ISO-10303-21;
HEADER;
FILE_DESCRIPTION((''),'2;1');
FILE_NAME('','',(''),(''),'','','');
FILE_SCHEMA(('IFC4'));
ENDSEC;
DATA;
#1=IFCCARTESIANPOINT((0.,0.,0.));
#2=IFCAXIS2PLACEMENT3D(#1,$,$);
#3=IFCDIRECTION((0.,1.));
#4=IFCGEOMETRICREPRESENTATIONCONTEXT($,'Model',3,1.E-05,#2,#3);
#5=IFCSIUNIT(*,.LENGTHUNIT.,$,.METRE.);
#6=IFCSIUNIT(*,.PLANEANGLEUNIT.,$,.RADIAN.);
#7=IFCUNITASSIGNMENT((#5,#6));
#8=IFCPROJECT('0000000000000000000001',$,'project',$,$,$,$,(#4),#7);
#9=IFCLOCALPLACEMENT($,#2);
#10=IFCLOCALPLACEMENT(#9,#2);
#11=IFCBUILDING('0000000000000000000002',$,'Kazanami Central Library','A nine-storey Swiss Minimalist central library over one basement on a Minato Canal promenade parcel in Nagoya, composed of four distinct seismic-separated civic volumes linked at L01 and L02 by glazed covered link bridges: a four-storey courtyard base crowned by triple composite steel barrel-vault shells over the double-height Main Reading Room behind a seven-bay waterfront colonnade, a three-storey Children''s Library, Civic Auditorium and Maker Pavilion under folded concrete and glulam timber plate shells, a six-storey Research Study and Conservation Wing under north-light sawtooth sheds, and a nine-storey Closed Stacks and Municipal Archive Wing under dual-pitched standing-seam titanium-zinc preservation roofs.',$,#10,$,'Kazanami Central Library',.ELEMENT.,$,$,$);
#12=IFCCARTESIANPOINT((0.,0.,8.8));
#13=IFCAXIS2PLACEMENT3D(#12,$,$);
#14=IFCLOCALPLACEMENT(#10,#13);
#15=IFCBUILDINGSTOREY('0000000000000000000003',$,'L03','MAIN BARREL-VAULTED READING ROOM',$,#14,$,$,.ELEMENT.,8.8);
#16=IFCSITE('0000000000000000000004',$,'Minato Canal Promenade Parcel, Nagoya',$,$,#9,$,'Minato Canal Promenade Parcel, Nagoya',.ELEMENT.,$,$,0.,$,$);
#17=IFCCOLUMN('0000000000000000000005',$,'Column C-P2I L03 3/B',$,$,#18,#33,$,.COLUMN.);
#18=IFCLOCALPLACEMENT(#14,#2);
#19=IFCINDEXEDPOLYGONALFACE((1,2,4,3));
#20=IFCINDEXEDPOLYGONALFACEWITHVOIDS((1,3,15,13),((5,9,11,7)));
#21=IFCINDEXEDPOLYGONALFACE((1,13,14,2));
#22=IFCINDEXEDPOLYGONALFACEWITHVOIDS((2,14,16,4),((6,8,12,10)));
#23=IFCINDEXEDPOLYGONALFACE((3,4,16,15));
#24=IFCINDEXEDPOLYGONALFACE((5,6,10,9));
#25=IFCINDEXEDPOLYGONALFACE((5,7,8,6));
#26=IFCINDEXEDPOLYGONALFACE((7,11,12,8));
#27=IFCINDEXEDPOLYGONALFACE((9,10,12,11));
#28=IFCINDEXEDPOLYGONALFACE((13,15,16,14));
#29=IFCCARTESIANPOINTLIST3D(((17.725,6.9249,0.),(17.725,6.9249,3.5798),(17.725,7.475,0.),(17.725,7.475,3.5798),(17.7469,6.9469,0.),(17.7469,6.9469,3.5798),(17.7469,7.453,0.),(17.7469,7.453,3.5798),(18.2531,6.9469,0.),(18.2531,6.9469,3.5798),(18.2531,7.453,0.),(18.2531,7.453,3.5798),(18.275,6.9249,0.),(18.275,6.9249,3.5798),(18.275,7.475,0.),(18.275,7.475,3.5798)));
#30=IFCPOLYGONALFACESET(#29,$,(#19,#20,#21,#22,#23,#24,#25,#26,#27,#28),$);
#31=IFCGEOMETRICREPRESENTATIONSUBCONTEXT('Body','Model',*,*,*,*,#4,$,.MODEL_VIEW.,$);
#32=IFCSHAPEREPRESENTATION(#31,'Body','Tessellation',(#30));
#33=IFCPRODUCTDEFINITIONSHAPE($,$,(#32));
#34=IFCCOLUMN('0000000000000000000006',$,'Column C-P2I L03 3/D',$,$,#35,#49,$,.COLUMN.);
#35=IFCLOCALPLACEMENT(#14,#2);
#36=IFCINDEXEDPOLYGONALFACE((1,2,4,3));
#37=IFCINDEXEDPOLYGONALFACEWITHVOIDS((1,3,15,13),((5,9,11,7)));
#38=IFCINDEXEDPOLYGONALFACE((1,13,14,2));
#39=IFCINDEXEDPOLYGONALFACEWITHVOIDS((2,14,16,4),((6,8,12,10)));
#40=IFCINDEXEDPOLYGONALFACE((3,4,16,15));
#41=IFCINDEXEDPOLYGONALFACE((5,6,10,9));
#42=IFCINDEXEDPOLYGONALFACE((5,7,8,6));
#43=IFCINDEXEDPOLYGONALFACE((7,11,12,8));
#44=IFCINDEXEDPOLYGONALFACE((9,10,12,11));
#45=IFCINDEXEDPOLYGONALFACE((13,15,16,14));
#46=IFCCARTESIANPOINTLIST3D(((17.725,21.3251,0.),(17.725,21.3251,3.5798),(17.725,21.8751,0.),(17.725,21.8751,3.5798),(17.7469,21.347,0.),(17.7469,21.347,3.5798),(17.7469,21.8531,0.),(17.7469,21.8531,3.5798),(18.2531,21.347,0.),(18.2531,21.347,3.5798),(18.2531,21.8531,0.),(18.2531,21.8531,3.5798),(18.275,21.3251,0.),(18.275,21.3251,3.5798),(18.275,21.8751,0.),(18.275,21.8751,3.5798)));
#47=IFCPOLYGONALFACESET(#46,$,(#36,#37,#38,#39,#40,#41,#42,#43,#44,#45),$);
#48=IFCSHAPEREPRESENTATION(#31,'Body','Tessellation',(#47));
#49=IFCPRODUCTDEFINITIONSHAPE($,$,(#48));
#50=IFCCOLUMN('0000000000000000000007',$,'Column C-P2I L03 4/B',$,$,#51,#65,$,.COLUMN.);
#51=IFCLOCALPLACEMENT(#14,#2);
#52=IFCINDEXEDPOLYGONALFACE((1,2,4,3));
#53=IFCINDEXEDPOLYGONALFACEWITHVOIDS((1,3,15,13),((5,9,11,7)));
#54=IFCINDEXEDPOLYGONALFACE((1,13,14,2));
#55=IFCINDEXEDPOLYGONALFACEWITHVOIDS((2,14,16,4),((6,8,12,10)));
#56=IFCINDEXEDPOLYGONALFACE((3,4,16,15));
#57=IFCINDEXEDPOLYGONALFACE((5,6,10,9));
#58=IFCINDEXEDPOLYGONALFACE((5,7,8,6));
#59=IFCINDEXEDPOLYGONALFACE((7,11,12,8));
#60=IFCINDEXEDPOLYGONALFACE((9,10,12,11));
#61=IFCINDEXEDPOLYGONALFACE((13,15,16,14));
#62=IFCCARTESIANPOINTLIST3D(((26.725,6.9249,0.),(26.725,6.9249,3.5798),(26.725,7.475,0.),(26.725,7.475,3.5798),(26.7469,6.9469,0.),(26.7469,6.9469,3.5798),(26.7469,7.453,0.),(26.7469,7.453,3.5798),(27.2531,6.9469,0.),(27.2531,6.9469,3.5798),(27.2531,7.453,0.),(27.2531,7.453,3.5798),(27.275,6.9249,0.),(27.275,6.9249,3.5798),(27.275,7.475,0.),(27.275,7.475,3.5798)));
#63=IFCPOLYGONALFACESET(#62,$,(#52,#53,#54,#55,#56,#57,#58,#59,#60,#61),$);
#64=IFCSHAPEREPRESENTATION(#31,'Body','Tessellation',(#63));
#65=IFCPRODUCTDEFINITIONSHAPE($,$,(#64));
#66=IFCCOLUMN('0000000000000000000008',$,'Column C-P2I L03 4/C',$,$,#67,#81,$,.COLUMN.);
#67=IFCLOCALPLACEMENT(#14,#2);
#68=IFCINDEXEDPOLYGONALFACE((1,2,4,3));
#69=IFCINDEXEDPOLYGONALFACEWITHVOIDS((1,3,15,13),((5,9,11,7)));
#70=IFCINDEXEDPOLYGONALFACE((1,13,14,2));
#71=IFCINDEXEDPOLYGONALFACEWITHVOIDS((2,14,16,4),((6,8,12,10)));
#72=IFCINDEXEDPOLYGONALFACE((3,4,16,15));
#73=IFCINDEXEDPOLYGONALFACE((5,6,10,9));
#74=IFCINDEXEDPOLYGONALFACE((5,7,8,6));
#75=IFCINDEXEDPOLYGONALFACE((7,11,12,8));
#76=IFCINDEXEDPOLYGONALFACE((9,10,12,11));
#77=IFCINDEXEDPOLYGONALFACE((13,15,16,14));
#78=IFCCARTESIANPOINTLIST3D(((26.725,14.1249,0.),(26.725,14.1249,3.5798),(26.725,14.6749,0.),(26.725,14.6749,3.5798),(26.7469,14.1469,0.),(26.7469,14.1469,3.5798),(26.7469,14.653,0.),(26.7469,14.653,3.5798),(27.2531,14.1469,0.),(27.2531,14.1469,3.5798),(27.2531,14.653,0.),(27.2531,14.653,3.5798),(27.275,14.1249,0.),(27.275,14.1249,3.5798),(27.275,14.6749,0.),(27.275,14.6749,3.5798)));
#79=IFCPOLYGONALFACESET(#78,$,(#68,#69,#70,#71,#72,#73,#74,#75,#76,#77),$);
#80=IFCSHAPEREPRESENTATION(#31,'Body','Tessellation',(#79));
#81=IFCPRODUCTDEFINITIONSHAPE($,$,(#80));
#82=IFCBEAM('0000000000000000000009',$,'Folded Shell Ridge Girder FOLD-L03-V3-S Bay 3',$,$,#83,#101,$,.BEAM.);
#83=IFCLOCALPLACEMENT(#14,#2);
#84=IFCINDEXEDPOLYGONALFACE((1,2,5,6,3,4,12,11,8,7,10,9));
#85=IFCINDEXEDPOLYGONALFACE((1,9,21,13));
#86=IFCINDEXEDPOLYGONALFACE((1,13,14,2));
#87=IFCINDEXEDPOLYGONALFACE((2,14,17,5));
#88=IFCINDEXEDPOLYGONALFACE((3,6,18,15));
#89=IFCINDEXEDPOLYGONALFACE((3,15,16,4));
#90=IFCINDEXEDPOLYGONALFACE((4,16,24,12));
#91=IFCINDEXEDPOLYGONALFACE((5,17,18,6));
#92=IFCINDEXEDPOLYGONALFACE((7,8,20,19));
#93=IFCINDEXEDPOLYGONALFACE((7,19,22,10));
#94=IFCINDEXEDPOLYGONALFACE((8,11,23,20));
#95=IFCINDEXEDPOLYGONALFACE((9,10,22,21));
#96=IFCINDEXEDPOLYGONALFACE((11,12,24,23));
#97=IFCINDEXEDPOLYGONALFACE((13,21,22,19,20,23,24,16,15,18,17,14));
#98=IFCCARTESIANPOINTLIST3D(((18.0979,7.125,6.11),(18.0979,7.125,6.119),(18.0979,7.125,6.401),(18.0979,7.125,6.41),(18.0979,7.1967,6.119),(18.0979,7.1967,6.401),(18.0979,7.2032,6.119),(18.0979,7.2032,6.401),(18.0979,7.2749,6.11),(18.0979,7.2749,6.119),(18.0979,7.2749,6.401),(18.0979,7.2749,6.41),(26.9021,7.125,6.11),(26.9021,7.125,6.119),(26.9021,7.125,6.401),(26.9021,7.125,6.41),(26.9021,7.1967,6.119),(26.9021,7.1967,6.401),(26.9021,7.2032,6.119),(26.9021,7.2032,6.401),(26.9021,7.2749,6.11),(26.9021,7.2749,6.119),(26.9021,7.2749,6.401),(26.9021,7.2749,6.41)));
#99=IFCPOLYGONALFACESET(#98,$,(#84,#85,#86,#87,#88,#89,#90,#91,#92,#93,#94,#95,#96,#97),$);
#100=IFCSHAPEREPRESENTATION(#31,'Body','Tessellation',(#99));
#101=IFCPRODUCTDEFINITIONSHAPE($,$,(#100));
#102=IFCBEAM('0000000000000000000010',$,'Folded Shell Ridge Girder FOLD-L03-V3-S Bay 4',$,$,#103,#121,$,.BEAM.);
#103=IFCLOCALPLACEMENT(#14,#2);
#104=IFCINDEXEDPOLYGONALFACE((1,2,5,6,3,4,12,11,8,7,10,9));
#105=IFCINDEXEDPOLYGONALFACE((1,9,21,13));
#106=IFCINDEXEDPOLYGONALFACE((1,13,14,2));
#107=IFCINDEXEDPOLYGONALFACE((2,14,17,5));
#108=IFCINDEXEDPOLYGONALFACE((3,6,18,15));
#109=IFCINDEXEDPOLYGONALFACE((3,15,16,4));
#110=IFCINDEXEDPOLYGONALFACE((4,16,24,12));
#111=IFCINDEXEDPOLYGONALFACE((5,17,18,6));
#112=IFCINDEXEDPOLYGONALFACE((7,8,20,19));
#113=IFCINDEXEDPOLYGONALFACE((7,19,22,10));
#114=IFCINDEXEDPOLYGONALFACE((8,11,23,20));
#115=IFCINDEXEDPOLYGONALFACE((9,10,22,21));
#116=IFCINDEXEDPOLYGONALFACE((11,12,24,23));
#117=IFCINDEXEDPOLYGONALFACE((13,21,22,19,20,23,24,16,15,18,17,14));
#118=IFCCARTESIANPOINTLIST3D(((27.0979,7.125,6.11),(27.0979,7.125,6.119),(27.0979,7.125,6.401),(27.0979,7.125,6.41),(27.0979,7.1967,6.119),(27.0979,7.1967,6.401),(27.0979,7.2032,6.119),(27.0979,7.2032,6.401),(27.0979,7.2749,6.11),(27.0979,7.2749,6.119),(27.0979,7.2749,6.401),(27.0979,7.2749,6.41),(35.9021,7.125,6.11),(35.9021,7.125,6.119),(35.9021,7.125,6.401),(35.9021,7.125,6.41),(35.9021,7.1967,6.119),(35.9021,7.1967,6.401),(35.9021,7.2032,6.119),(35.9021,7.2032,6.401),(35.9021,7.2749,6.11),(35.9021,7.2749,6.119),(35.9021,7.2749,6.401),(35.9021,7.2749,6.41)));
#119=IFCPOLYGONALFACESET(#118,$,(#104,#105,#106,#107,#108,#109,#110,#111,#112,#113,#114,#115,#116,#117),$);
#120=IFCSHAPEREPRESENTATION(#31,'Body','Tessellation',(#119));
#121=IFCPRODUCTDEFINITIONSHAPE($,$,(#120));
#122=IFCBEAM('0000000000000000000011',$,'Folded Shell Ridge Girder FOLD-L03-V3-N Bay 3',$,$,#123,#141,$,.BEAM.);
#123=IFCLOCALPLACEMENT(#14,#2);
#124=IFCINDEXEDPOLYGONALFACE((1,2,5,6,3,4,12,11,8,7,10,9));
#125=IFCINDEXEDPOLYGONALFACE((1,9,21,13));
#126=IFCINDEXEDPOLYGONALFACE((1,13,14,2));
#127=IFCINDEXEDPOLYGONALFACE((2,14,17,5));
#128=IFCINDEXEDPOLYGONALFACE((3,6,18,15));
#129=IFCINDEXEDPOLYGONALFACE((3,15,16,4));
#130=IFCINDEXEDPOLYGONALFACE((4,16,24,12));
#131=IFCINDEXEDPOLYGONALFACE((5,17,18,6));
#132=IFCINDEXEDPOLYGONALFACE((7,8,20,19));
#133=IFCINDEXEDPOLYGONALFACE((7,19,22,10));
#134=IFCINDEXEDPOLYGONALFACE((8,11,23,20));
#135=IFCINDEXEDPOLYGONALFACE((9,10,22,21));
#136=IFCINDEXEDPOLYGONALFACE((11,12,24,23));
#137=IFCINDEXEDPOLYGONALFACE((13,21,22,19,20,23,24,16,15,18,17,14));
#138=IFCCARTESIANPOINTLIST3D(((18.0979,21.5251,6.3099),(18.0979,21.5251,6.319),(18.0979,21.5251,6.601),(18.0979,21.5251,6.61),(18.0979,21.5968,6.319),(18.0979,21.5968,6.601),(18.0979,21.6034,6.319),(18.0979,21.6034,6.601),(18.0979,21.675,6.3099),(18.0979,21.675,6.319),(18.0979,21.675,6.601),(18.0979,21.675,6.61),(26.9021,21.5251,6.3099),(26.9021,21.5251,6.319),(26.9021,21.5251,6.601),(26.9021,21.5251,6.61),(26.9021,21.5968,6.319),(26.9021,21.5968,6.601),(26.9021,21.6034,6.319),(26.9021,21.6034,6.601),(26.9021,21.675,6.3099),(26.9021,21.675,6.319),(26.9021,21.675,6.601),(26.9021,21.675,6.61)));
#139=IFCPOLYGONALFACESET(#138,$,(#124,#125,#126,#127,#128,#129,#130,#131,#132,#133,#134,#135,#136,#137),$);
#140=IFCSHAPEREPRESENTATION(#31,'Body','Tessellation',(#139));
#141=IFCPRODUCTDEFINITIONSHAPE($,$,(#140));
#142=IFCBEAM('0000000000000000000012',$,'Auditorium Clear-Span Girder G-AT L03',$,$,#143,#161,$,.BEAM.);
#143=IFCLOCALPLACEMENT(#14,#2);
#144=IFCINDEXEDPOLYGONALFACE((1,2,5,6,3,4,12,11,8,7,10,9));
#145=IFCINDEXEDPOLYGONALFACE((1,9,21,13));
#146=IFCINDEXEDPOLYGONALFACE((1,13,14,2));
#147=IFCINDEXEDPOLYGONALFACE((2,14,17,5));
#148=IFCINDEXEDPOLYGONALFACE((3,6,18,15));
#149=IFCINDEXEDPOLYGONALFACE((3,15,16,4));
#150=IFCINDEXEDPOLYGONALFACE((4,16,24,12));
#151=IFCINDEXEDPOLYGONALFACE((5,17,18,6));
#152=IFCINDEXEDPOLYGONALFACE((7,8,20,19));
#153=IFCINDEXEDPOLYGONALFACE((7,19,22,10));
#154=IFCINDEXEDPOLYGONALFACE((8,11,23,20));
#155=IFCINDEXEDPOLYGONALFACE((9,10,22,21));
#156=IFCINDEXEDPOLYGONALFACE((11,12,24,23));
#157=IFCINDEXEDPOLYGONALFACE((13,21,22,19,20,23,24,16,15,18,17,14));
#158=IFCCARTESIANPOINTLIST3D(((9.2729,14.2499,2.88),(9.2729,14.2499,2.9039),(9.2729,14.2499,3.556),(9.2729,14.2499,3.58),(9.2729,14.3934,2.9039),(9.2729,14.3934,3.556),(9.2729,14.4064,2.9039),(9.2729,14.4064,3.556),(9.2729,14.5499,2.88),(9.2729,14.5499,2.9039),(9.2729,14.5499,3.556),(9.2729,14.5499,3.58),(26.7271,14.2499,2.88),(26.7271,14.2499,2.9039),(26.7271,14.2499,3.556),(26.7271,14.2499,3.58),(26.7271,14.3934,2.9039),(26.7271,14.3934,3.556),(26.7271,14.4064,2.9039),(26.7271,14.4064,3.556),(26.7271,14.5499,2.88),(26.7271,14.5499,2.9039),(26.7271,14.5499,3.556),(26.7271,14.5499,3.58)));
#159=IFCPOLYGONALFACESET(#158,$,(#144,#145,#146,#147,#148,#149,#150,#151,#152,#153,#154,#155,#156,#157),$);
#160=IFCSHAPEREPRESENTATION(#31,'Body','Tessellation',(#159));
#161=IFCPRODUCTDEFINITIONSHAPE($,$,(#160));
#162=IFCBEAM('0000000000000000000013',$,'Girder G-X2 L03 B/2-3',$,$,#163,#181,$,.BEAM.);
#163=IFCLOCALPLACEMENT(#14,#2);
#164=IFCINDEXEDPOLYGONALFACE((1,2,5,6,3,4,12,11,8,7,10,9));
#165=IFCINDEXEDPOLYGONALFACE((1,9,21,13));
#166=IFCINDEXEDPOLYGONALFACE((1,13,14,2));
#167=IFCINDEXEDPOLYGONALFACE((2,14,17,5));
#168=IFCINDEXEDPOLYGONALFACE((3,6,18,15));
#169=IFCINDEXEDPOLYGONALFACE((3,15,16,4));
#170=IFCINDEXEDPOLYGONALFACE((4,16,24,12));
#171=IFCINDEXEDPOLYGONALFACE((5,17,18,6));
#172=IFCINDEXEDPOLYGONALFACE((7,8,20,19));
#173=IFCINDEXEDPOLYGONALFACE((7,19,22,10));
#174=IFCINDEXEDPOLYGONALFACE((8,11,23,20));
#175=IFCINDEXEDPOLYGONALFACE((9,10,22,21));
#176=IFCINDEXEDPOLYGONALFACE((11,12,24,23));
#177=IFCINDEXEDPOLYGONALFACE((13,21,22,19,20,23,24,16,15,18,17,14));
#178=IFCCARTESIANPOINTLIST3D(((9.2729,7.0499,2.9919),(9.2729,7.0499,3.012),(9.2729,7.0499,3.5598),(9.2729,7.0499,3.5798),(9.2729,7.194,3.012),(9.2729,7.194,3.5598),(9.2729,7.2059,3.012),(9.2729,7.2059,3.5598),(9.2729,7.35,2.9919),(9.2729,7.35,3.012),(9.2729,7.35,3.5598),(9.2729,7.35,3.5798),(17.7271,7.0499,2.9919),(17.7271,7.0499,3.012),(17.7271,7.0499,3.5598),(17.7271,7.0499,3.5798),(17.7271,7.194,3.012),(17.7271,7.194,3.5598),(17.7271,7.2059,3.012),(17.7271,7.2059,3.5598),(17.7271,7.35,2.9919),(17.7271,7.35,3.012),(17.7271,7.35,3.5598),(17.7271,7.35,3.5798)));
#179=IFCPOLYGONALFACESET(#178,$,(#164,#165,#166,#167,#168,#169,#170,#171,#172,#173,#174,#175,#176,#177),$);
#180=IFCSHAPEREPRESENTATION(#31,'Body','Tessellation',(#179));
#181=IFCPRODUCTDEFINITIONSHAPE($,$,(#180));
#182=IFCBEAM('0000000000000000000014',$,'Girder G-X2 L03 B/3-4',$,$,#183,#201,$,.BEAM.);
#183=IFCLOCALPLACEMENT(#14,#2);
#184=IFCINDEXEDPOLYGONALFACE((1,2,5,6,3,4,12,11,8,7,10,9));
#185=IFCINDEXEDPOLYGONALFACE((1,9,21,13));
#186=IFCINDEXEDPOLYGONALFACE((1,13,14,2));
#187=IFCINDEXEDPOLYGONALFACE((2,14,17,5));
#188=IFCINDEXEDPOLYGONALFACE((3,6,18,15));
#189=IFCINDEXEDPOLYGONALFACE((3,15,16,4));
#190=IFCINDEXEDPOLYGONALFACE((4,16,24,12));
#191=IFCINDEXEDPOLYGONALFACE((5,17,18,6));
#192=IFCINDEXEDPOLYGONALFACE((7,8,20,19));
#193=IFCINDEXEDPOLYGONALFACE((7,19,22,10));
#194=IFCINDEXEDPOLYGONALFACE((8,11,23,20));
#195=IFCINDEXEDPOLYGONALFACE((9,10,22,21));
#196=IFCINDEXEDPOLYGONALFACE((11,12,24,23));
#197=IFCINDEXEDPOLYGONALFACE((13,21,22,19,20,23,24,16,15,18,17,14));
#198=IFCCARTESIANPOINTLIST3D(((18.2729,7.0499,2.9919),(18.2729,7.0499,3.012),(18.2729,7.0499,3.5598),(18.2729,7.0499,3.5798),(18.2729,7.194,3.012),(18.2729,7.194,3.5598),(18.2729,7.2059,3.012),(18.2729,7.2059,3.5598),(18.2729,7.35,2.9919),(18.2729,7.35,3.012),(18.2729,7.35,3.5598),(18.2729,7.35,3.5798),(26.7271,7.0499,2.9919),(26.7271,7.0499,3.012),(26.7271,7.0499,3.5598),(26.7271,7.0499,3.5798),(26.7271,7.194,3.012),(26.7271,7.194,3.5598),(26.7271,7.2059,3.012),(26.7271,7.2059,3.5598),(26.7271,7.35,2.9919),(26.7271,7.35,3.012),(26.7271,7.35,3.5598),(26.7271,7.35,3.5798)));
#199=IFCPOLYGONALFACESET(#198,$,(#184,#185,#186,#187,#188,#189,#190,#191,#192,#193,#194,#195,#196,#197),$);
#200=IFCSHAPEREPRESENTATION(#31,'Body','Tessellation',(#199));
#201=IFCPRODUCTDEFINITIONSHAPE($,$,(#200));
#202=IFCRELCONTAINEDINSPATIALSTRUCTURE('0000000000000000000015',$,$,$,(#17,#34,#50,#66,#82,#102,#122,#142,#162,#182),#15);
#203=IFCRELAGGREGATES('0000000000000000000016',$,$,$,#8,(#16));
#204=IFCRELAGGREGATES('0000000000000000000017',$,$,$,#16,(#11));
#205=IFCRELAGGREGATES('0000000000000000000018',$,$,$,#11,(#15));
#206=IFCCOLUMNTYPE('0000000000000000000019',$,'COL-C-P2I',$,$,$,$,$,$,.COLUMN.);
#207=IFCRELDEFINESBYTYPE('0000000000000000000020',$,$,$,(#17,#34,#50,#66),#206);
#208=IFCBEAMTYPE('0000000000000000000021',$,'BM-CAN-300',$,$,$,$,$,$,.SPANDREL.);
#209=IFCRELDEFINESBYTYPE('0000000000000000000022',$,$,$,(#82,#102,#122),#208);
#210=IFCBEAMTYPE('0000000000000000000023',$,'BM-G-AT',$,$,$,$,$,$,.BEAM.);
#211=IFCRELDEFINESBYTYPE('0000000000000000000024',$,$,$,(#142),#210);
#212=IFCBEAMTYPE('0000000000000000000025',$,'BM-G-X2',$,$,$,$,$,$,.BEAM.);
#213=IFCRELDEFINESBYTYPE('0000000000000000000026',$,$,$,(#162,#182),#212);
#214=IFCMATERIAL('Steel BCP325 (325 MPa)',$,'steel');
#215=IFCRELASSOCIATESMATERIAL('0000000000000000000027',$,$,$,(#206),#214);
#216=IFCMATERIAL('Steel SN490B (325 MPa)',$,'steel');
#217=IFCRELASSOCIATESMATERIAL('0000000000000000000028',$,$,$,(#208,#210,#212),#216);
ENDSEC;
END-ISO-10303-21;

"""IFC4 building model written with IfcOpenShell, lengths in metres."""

from ifc_helpers import new_model, si_unit, direction, frame, origin, origin_2d, place, context, subcontext, project, spatial, hollow_rectangle, i_section, extrude, material, material_profile, profile_set, type_object, element, save


model = new_model("IFC4")

# Units and contexts
model_context = context("Model", 3, precision=1e-05, world=origin(), true_north=direction((0.0, 1.0)))
body_context = subcontext(model_context, "Body", "Model", "MODEL_VIEW")
ifc_project = project(units=[si_unit("LENGTHUNIT", "METRE"), si_unit("PLANEANGLEUNIT", "RADIAN")], contexts=[model_context])

# Site, building, storey
site_placement = place(None, origin())
site = spatial("IfcSite", under=ifc_project, at=site_placement, Name="Minato Canal Promenade Parcel, Nagoya", LongName="Minato Canal Promenade Parcel, Nagoya", CompositionType="ELEMENT", RefElevation=0.0)
building_placement = place(site_placement, origin())
building = spatial("IfcBuilding", under=site, at=building_placement, Name="Kazanami Central Library", Description="A nine-storey Swiss Minimalist central library over one basement on a Minato Canal promenade parcel in Nagoya, composed of four distinct seismic-separated civic volumes linked at L01 and L02 by glazed covered link bridges: a four-storey courtyard base crowned by triple composite steel barrel-vault shells over the double-height Main Reading Room behind a seven-bay waterfront colonnade, a three-storey Children's Library, Civic Auditorium and Maker Pavilion under folded concrete and glulam timber plate shells, a six-storey Research Study and Conservation Wing under north-light sawtooth sheds, and a nine-storey Closed Stacks and Municipal Archive Wing under dual-pitched standing-seam titanium-zinc preservation roofs.", LongName="Kazanami Central Library", CompositionType="ELEMENT")
storey_placement = place(building_placement, frame((0.0, 0.0, 8.8)))
storey = spatial("IfcBuildingStorey", under=building, at=storey_placement, Name="L03", Description="MAIN BARREL-VAULTED READING ROOM", CompositionType="ELEMENT", Elevation=8.8)

# Columns
ifc_material_1 = material(Name="Steel BCP325 (325 MPa)", Category="steel")
ifc_material_profile_1 = material_profile(ifc_material_1, hollow_rectangle(XDim=0.55, YDim=0.55, WallThickness=0.022, at=origin_2d()), Name="BCP-550x550x22")
ifc_profile_set_1 = profile_set([ifc_material_profile_1], Name="Steel BCP325 (325 MPa)")
column_type = type_object("IfcColumnType", Name="COL-C-P2I", PredefinedType="COLUMN", material=ifc_profile_set_1)
for number, where, z_axis, x_axis, name in (
    (1, (18.0, 7.2, 0.0), (0.0, 0.0, 1.0), (1.0, 0.0, 0.0), "Column C-P2I L03 3/B"),
    (2, (18.0, 21.6001, 0.0), (0.0, 0.0, 1.0), (1.0, 0.0, 0.0), "Column C-P2I L03 3/D"),
    (3, (27.0, 7.2, 0.0), (0.0, 0.0, 1.0), (1.0, 0.0, 0.0), "Column C-P2I L03 4/B"),
    (4, (27.0, 14.3999, 0.0), (0.0, 0.0, 1.0), (1.0, 0.0, 0.0), "Column C-P2I L03 4/C"),
):
    element("IfcColumn", number, at=place(storey_placement, frame(where, z_axis=z_axis, x_axis=x_axis)), inside=storey, type_object=column_type, Name=name, PredefinedType="COLUMN", context=body_context, shape_type="SweptSolid", body=[
        extrude(hollow_rectangle(XDim=0.55, YDim=0.55, WallThickness=0.022, at=origin_2d()), origin(), (0.0, 0.0, 1.0), 3.5798),
    ])

# Beams
ifc_material_2 = material(Name="Steel SN490B (325 MPa)", Category="steel")
ifc_material_profile_2 = material_profile(ifc_material_2, i_section(OverallWidth=0.1499, OverallDepth=0.3, WebThickness=0.0066, FlangeThickness=0.009, at=origin_2d()), Name="H-300x150x6.5x9")
ifc_profile_set_2 = profile_set([ifc_material_profile_2], Name="Steel SN490B (325 MPa)")
beam_type_1 = type_object("IfcBeamType", Name="BM-CAN-300", PredefinedType="SPANDREL", material=ifc_profile_set_2)
for number, where, z_axis, x_axis, name in (
    (5, (18.0979, 7.2, 6.26), (1.0, 0.0, 0.0), (0.0, 1.0, 0.0), "Folded Shell Ridge Girder FOLD-L03-V3-S Bay 3"),
    (6, (27.0979, 7.2, 6.26), (1.0, 0.0, 0.0), (0.0, 1.0, 0.0), "Folded Shell Ridge Girder FOLD-L03-V3-S Bay 4"),
    (7, (18.0979, 21.6001, 6.46), (1.0, 0.0, 0.0), (0.0, 1.0, 0.0), "Folded Shell Ridge Girder FOLD-L03-V3-N Bay 3"),
):
    element("IfcBeam", number, at=place(storey_placement, frame(where, z_axis=z_axis, x_axis=x_axis)), inside=storey, type_object=beam_type_1, Name=name, PredefinedType="BEAM", context=body_context, shape_type="SweptSolid", body=[
        extrude(i_section(OverallWidth=0.1499, OverallDepth=0.3, WebThickness=0.0066, FlangeThickness=0.009, at=origin_2d()), origin(), (0.0, 0.0, 1.0), 8.8042),
    ])
ifc_material_profile_3 = material_profile(ifc_material_2, i_section(OverallWidth=0.3, OverallDepth=0.7, WebThickness=0.0129, FlangeThickness=0.0239, at=origin_2d()), Name="H-700x300x13x24")
ifc_profile_set_3 = profile_set([ifc_material_profile_3], Name="Steel SN490B (325 MPa)")
beam_type_2 = type_object("IfcBeamType", Name="BM-G-AT", PredefinedType="BEAM", material=ifc_profile_set_3)
beam_1_placement = place(storey_placement, frame((9.2729, 14.3999, 3.23), z_axis=(1.0, 0.0, 0.0), x_axis=(0.0, 1.0, 0.0)))
element("IfcBeam", 8, at=beam_1_placement, inside=storey, type_object=beam_type_2, Name="Auditorium Clear-Span Girder G-AT L03", PredefinedType="BEAM", context=body_context, shape_type="SweptSolid", body=[
    extrude(i_section(OverallWidth=0.3, OverallDepth=0.7, WebThickness=0.0129, FlangeThickness=0.0239, at=origin_2d()), origin(), (0.0, 0.0, 1.0), 17.4541),
])
ifc_material_profile_4 = material_profile(ifc_material_2, i_section(OverallWidth=0.3, OverallDepth=0.5879, WebThickness=0.012, FlangeThickness=0.02, at=origin_2d()), Name="H-588x300x12x20")
ifc_profile_set_4 = profile_set([ifc_material_profile_4], Name="Steel SN490B (325 MPa)")
beam_type_3 = type_object("IfcBeamType", Name="BM-G-X2", PredefinedType="BEAM", material=ifc_profile_set_4)
for number, where, z_axis, x_axis, name in (
    (9, (9.2729, 7.2, 3.2859), (1.0, 0.0, 0.0), (0.0, 1.0, 0.0), "Girder G-X2 L03 B/2-3"),
    (10, (18.2729, 7.2, 3.2859), (1.0, 0.0, 0.0), (0.0, 1.0, 0.0), "Girder G-X2 L03 B/3-4"),
):
    element("IfcBeam", number, at=place(storey_placement, frame(where, z_axis=z_axis, x_axis=x_axis)), inside=storey, type_object=beam_type_3, Name=name, PredefinedType="BEAM", context=body_context, shape_type="SweptSolid", body=[
        extrude(i_section(OverallWidth=0.3, OverallDepth=0.5879, WebThickness=0.012, FlangeThickness=0.02, at=origin_2d()), origin(), (0.0, 0.0, 1.0), 8.4541),
    ])

save(model, "model.ifc")
